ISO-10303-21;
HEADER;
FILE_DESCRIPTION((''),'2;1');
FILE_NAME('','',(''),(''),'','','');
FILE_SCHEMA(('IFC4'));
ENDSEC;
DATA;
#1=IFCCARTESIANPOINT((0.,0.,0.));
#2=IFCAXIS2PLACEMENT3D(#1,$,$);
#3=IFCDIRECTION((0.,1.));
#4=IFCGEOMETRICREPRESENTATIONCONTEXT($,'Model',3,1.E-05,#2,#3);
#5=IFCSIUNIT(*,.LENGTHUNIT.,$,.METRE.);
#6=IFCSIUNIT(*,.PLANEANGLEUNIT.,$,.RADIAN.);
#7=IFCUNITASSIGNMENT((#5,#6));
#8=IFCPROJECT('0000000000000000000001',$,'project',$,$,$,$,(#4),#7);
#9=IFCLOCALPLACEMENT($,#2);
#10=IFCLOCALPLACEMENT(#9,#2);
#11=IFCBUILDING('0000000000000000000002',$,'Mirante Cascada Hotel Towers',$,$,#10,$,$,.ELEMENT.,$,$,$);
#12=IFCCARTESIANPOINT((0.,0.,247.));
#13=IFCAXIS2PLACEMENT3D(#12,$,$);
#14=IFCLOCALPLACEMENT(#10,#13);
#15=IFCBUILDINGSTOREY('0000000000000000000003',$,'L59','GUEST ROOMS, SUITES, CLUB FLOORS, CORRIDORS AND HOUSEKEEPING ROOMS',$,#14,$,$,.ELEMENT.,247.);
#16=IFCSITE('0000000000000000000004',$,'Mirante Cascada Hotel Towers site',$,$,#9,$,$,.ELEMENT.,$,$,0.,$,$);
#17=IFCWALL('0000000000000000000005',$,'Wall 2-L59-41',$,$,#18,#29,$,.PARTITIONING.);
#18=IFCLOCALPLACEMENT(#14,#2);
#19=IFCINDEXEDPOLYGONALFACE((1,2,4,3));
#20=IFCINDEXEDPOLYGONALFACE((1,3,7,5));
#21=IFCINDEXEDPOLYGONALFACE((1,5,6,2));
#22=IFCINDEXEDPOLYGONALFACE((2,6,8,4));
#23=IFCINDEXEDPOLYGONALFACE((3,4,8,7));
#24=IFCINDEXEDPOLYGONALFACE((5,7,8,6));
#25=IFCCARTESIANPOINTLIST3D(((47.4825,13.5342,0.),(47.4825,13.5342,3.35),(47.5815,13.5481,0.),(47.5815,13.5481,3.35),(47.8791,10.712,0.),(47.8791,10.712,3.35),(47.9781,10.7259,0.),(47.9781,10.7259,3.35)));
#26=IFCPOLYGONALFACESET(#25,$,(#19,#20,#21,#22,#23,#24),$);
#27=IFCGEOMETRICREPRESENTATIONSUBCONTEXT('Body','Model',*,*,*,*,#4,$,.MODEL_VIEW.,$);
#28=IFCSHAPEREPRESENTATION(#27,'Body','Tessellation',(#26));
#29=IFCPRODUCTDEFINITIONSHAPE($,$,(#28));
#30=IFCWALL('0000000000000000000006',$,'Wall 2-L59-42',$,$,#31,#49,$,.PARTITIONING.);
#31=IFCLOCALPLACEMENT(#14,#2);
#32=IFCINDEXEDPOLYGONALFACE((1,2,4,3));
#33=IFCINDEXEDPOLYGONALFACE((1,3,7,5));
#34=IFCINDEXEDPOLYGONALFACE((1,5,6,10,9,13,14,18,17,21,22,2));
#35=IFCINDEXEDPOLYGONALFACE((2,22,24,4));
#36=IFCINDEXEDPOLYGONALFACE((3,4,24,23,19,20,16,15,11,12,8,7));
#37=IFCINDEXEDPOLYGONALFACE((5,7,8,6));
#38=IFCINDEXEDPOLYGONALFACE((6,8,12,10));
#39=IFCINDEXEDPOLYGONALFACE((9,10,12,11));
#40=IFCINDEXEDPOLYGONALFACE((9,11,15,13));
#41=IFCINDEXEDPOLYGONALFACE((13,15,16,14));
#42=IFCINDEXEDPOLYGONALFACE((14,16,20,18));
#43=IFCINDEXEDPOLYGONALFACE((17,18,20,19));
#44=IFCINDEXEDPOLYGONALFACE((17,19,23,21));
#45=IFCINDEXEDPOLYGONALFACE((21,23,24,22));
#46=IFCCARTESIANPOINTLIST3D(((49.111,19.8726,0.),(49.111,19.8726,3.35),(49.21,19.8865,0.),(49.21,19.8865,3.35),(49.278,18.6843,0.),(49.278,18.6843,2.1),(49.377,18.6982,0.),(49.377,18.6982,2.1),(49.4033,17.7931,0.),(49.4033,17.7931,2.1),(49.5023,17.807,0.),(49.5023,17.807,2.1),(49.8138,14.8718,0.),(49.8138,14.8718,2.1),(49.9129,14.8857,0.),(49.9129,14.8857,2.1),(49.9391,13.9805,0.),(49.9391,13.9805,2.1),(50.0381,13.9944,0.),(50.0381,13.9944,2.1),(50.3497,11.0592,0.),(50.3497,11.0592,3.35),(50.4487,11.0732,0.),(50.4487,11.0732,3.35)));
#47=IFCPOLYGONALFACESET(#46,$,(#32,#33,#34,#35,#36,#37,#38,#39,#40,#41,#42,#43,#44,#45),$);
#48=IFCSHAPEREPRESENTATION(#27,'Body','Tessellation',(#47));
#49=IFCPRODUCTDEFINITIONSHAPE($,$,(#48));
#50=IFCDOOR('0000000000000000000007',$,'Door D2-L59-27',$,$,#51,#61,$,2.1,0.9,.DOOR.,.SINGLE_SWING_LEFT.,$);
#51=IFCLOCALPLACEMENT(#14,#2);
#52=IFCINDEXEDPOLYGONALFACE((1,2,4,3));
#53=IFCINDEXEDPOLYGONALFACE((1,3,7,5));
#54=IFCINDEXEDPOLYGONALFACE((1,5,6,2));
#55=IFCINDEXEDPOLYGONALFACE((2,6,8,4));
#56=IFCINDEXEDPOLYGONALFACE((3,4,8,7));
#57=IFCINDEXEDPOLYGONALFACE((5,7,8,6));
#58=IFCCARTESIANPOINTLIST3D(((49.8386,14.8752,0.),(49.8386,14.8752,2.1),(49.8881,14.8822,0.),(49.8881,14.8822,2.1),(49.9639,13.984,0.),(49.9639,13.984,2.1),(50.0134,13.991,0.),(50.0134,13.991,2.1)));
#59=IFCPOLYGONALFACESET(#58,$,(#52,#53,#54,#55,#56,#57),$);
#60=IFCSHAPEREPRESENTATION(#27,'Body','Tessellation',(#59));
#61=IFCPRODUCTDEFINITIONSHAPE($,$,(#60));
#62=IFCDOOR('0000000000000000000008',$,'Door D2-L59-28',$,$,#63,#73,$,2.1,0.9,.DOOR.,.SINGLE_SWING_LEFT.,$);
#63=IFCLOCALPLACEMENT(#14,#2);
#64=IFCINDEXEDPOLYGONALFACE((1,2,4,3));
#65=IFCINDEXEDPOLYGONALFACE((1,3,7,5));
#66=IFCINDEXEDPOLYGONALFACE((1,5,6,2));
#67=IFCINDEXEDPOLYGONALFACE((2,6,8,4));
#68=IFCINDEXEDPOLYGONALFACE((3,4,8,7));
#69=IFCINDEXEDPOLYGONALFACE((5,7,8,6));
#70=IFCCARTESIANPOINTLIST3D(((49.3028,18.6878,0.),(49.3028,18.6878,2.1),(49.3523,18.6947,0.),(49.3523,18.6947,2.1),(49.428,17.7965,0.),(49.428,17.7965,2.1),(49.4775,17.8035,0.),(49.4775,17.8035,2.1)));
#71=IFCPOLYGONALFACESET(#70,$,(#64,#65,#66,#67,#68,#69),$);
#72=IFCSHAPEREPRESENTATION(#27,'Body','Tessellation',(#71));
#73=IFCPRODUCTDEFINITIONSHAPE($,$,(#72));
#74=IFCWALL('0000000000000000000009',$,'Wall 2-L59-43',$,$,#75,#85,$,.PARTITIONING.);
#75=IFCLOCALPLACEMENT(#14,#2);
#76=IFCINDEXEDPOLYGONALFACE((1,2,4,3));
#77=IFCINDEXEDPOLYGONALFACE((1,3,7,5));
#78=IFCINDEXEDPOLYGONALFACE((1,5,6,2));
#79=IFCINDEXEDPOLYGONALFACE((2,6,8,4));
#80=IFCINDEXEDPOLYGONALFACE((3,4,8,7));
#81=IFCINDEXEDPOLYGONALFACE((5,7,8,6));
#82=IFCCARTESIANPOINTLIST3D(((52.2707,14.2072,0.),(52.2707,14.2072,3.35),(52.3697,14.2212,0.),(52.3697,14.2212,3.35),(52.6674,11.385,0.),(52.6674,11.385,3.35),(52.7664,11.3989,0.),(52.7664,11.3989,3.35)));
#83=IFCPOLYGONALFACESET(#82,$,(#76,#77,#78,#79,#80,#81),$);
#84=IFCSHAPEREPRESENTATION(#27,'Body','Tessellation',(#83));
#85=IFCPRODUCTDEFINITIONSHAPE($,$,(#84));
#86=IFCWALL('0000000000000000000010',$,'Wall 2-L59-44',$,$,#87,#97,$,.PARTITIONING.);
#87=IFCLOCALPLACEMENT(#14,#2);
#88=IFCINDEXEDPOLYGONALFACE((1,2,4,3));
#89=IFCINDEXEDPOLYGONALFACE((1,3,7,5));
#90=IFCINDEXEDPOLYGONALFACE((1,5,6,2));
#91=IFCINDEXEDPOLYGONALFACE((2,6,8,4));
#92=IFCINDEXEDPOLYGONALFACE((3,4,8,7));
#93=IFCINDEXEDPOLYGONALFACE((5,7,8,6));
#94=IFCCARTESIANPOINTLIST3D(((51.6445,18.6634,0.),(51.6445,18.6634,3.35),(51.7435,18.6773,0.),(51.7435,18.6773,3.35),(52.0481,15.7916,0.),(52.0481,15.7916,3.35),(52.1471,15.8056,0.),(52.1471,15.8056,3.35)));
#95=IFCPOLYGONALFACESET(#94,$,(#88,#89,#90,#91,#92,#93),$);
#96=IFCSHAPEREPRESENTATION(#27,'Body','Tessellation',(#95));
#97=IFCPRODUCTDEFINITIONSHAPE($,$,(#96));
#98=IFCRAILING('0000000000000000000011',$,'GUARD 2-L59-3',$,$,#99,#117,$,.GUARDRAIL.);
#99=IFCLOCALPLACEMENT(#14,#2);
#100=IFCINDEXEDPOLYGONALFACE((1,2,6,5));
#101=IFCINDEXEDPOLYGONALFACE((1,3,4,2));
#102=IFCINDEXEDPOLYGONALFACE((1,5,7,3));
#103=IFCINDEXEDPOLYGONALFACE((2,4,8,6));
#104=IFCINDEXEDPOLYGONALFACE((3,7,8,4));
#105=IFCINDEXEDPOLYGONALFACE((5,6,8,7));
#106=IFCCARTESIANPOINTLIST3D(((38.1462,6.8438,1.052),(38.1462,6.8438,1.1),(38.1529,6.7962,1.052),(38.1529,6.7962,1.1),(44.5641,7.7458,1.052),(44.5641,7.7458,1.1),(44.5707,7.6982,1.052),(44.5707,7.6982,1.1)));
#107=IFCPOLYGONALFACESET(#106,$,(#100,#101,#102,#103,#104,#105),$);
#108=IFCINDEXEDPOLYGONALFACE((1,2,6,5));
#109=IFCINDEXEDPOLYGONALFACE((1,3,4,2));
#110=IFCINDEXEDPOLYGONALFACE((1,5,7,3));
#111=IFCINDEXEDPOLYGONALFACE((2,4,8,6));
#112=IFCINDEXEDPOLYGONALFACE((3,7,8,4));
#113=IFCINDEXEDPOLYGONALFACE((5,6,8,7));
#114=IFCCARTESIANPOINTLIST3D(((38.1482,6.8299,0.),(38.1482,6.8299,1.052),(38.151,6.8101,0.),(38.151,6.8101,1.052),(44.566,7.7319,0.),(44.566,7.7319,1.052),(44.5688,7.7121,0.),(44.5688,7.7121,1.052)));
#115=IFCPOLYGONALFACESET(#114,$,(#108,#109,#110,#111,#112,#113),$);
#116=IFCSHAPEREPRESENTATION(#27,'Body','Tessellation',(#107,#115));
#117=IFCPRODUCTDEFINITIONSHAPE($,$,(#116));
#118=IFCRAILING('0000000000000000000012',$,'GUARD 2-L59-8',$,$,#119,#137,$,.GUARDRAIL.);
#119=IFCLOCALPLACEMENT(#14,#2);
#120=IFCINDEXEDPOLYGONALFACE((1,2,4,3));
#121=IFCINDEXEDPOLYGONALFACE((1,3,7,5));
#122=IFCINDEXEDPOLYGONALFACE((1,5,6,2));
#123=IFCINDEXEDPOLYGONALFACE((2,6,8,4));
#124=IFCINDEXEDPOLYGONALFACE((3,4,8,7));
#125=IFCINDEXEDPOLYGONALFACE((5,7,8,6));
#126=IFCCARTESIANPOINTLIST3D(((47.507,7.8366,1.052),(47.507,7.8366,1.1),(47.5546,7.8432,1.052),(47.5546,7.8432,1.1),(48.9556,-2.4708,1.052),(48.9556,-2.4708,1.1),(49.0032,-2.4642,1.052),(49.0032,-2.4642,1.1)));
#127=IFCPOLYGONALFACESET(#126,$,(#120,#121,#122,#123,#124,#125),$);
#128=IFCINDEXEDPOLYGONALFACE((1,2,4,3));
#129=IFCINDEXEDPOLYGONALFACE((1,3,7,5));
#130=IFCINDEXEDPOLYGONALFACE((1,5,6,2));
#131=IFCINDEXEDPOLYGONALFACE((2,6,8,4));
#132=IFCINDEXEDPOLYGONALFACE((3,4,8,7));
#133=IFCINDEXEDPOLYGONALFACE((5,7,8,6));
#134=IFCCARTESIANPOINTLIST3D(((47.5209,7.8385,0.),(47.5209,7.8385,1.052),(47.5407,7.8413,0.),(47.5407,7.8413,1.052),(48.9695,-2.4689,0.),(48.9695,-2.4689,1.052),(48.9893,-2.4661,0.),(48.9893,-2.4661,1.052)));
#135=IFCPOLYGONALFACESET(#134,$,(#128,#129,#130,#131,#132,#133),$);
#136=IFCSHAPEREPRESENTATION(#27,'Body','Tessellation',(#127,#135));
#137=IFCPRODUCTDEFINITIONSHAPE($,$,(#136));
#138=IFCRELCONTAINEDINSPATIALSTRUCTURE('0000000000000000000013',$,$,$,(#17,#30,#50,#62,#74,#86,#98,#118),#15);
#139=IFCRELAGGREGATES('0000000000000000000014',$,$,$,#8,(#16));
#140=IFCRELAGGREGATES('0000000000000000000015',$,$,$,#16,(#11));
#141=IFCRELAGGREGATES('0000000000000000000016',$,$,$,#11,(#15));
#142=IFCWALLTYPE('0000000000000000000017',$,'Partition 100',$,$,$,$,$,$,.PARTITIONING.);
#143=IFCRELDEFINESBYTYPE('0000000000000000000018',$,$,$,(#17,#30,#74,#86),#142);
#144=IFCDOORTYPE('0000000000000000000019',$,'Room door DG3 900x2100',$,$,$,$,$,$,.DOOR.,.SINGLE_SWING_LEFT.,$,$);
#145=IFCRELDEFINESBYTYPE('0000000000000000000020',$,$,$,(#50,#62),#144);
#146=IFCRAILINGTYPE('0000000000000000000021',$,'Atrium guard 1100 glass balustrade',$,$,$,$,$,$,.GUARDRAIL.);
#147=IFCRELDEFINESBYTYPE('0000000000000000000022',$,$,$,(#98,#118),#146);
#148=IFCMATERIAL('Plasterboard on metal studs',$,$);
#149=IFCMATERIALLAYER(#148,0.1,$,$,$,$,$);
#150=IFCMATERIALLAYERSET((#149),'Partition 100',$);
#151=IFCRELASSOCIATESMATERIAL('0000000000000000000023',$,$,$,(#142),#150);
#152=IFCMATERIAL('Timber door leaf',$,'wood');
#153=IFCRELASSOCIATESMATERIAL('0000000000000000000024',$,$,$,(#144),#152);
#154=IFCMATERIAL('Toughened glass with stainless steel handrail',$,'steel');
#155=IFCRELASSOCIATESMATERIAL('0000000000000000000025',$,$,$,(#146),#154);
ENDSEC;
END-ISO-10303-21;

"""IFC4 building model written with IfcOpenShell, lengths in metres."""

from ifc_helpers import new_model, si_unit, direction, frame, frame_2d, origin, origin_2d, place, context, subcontext, project, spatial, rectangle, extrude, material, layer, layer_set, type_object, element, fill, save


model = new_model("IFC4")

# Units and contexts
model_context = context("Model", 3, precision=1e-05, world=origin(), true_north=direction((0.0, 1.0)))
body_context = subcontext(model_context, "Body", "Model", "MODEL_VIEW")
ifc_project = project(units=[si_unit("LENGTHUNIT", "METRE"), si_unit("PLANEANGLEUNIT", "RADIAN")], contexts=[model_context])

# Site, building, storey
site_placement = place(None, origin())
site = spatial("IfcSite", under=ifc_project, at=site_placement, Name="Mirante Cascada Hotel Towers site", CompositionType="ELEMENT", RefElevation=0.0)
building_placement = place(site_placement, origin())
building = spatial("IfcBuilding", under=site, at=building_placement, Name="Mirante Cascada Hotel Towers", CompositionType="ELEMENT")
storey_placement = place(building_placement, frame((0.0, 0.0, 247.0)))
storey = spatial("IfcBuildingStorey", under=building, at=storey_placement, Name="L59", Description="GUEST ROOMS, SUITES, CLUB FLOORS, CORRIDORS AND HOUSEKEEPING ROOMS", CompositionType="ELEMENT", Elevation=247.0)

# Shared definitions
ifc_material_1 = material(Name="Plasterboard on metal studs")
ifc_layer_1 = layer(ifc_material_1, 0.1)
ifc_layer_set_1 = layer_set([ifc_layer_1], Name="Partition 100")
wall_type_1 = type_object("IfcWallType", Name="Partition 100", PredefinedType="PARTITIONING", material=ifc_layer_set_1)
ifc_material_2 = material(Name="Timber door leaf", Category="wood")
door_type_1 = type_object("IfcDoorType", Name="Room door DG3 900x2100", OperationType="SINGLE_SWING_LEFT", PredefinedType="DOOR", material=ifc_material_2)

# Wall
wall_1_placement = place(storey_placement, frame((47.532, 13.5412, 0.0), z_axis=(0.0, 0.0, 1.0), x_axis=(0.139161, -0.99027, 0.0)))
element("IfcWall", 1, at=wall_1_placement, inside=storey, type_object=wall_type_1, Name="Wall 2-L59-41", PredefinedType="PARTITIONING", context=body_context, shape_type="SweptSolid", body=[
    extrude(rectangle(XDim=2.8499, YDim=0.1, at=frame_2d((1.425, 0.0))), origin(), (0.0, 0.0, 1.0), 3.35),
])

# Wall, openings, doors
wall_2_placement = place(storey_placement, frame((50.3992, 11.0662, 0.0), z_axis=(0.0, 0.0, 1.0), x_axis=(-0.139179, 0.990267, 0.0)))
wall_2 = element("IfcWall", 2, at=wall_2_placement, inside=storey, type_object=wall_type_1, Name="Wall 2-L59-42", PredefinedType="PARTITIONING", context=body_context, shape_type="SweptSolid", body=[
    extrude(rectangle(XDim=8.9, YDim=0.1, at=frame_2d((4.45, 0.0))), origin(), (0.0, 0.0, 1.0), 3.35),
])
opening_1_placement = place(wall_2_placement, frame((2.95, 0.0, 0.0)))
opening_1 = element("IfcOpeningElement", 3, at=opening_1_placement, cuts=wall_2, PredefinedType="OPENING", context=body_context, shape_type="SweptSolid", body=[
    extrude(rectangle(XDim=0.9, YDim=2.1, at=frame_2d((0.45, 1.05))), frame((0.0, 0.05, 0.0), z_axis=(0.0, -1.0, 0.0), x_axis=(1.0, 0.0, 0.0)), (0.0, 0.0, 1.0), 0.1),
])
opening_2_placement = place(wall_2_placement, frame((6.8, 0.0, 0.0)))
opening_2 = element("IfcOpeningElement", 4, at=opening_2_placement, cuts=wall_2, PredefinedType="OPENING", context=body_context, shape_type="SweptSolid", body=[
    extrude(rectangle(XDim=0.9, YDim=2.1, at=frame_2d((0.45, 1.05))), frame((0.0, 0.05, 0.0), z_axis=(0.0, -1.0, 0.0), x_axis=(1.0, 0.0, 0.0)), (0.0, 0.0, 1.0), 0.1),
])
door_1_placement = place(opening_1_placement, origin())
door_1 = element("IfcDoor", 5, at=door_1_placement, inside=storey, type_object=door_type_1, Name="Door D2-L59-27", OperationType="SINGLE_SWING_LEFT", OverallHeight=2.1, OverallWidth=0.9, PredefinedType="DOOR", context=body_context, shape_type="SweptSolid", body=[
    extrude(rectangle(XDim=0.9, YDim=2.1, at=frame_2d((0.45, 1.05))), frame((0.0, 0.025, 0.0), z_axis=(0.0, -1.0, 0.0), x_axis=(1.0, 0.0, 0.0)), (0.0, 0.0, 1.0), 0.05),
])
fill(opening_1, door_1)
door_2_placement = place(opening_2_placement, origin())
door_2 = element("IfcDoor", 6, at=door_2_placement, inside=storey, type_object=door_type_1, Name="Door D2-L59-28", OperationType="SINGLE_SWING_LEFT", OverallHeight=2.1, OverallWidth=0.9, PredefinedType="DOOR", context=body_context, shape_type="SweptSolid", body=[
    extrude(rectangle(XDim=0.9, YDim=2.1, at=frame_2d((0.45, 1.05))), frame((0.0, 0.025, 0.0), z_axis=(0.0, -1.0, 0.0), x_axis=(1.0, 0.0, 0.0)), (0.0, 0.0, 1.0), 0.05),
])
fill(opening_2, door_2)

# Walls
wall_3_placement = place(storey_placement, frame((52.3202, 14.2142, 0.0), z_axis=(0.0, 0.0, 1.0), x_axis=(0.139191, -0.990266, 0.0)))
element("IfcWall", 7, at=wall_3_placement, inside=storey, type_object=wall_type_1, Name="Wall 2-L59-43", PredefinedType="PARTITIONING", context=body_context, shape_type="SweptSolid", body=[
    extrude(rectangle(XDim=2.85, YDim=0.1, at=frame_2d((1.425, 0.0))), origin(), (0.0, 0.0, 1.0), 3.35),
])
wall_4_placement = place(storey_placement, frame((52.0976, 15.7986, 0.0), z_axis=(0.0, 0.0, 1.0), x_axis=(-0.139171, 0.990268, 0.0)))
element("IfcWall", 8, at=wall_4_placement, inside=storey, type_object=wall_type_1, Name="Wall 2-L59-44", PredefinedType="PARTITIONING", context=body_context, shape_type="SweptSolid", body=[
    extrude(rectangle(XDim=2.9, YDim=0.1, at=frame_2d((1.45, 0.0))), origin(), (0.0, 0.0, 1.0), 3.35),
])

# Railings
ifc_material_3 = material(Name="Toughened glass with stainless steel handrail", Category="steel")
railing_type = type_object("IfcRailingType", Name="Atrium guard 1100 glass balustrade", PredefinedType="GUARDRAIL", material=ifc_material_3)
railing_1_placement = place(storey_placement, frame((44.5674, 7.722, 0.0)))
element("IfcRailing", 9, at=railing_1_placement, inside=storey, type_object=railing_type, Name="GUARD 2-L59-3", PredefinedType="GUARDRAIL", context=body_context, shape_type="SweptSolid", body=[
    extrude(rectangle(XDim=0.048, YDim=0.048, at=origin_2d()), frame((0.0, 0.0, 1.076), z_axis=(-0.990267, -0.139179, 0.0), x_axis=(0.139179, -0.990267, 0.0)), (0.0, 0.0, 1.0), 6.4809),
    extrude(rectangle(XDim=0.02, YDim=1.052, at=origin_2d()), frame((0.0, 0.0, 0.526), z_axis=(-0.990267, -0.139179, 0.0), x_axis=(0.139179, -0.990267, 0.0)), (0.0, 0.0, 1.0), 6.4809),
])
railing_2_placement = place(storey_placement, frame((47.5308, 7.8399, 0.0)))
element("IfcRailing", 10, at=railing_2_placement, inside=storey, type_object=railing_type, Name="GUARD 2-L59-8", PredefinedType="GUARDRAIL", context=body_context, shape_type="SweptSolid", body=[
    extrude(rectangle(XDim=0.048, YDim=0.048, at=origin_2d()), frame((0.0, 0.0, 1.076), z_axis=(0.139172, -0.990268, 0.0), x_axis=(0.990268, 0.139172, 0.0)), (0.0, 0.0, 1.0), 10.4087),
    extrude(rectangle(XDim=0.02, YDim=1.052, at=origin_2d()), frame((0.0, 0.0, 0.526), z_axis=(0.139172, -0.990268, 0.0), x_axis=(0.990268, 0.139172, 0.0)), (0.0, 0.0, 1.0), 10.4087),
])

save(model, "model.ifc")
